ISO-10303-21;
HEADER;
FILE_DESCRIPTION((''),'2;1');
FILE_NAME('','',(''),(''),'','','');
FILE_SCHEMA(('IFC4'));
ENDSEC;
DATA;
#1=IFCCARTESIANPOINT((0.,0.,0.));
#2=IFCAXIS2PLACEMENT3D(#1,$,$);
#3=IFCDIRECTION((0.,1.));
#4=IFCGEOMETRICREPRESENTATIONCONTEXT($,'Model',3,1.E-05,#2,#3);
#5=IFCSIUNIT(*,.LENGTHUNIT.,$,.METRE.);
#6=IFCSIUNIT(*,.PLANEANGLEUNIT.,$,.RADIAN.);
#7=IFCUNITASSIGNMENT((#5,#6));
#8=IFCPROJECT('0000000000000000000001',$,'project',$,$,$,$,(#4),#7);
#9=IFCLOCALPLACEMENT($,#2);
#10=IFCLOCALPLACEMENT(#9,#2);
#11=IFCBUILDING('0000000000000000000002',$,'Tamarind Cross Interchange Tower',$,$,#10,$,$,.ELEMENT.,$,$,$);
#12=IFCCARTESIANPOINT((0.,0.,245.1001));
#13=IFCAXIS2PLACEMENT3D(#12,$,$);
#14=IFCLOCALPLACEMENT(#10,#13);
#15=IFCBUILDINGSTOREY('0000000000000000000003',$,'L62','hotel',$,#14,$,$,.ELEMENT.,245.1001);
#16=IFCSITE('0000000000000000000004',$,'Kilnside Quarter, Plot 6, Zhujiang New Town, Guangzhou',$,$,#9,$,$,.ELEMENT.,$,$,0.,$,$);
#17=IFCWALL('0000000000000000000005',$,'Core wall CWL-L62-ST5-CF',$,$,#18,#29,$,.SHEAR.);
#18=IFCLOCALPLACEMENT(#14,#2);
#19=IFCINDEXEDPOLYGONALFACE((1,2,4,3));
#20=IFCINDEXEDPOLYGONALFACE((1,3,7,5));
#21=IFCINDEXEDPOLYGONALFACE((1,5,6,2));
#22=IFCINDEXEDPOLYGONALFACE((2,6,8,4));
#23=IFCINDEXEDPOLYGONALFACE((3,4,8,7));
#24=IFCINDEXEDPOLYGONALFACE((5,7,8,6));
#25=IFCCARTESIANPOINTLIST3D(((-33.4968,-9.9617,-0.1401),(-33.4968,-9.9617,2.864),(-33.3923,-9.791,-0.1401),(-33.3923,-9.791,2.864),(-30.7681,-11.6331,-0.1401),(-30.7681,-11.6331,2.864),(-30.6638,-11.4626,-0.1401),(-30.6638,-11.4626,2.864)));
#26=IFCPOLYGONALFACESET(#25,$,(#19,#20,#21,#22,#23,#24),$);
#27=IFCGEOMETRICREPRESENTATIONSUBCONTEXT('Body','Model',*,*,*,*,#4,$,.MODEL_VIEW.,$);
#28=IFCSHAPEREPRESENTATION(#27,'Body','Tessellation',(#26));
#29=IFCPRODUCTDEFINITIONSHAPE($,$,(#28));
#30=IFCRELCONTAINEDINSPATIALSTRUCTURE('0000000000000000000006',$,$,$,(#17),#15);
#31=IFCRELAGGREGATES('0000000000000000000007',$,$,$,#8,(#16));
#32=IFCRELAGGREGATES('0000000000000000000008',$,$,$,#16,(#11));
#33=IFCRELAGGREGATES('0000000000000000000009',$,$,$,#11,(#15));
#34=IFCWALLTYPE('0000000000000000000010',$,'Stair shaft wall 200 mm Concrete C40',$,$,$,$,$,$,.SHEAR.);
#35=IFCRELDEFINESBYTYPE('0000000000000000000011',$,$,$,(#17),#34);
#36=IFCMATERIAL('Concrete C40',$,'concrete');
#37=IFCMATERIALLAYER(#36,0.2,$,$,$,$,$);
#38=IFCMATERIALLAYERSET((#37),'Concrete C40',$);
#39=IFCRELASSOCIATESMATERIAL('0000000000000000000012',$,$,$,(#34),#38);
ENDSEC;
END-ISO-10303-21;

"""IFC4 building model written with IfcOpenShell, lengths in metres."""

from ifc_helpers import new_model, si_unit, direction, frame, origin, place, context, subcontext, project, spatial, polyline, outline, extrude, material, layer, layer_set, type_object, element, save


model = new_model("IFC4")

# Units and contexts
model_context = context("Model", 3, precision=1e-05, world=origin(), true_north=direction((0.0, 1.0)))
body_context = subcontext(model_context, "Body", "Model", "MODEL_VIEW")
ifc_project = project(units=[si_unit("LENGTHUNIT", "METRE"), si_unit("PLANEANGLEUNIT", "RADIAN")], contexts=[model_context])

# Site, building, storey
site_placement = place(None, origin())
site = spatial("IfcSite", under=ifc_project, at=site_placement, Name="Kilnside Quarter, Plot 6, Zhujiang New Town, Guangzhou", CompositionType="ELEMENT", RefElevation=0.0)
building_placement = place(site_placement, origin())
building = spatial("IfcBuilding", under=site, at=building_placement, Name="Tamarind Cross Interchange Tower", CompositionType="ELEMENT")
storey_placement = place(building_placement, frame((0.0, 0.0, 245.1001)))
storey = spatial("IfcBuildingStorey", under=building, at=storey_placement, Name="L62", Description="hotel", CompositionType="ELEMENT", Elevation=245.1001)

# Shared definitions
ifc_material_1 = material(Name="Concrete C40", Category="concrete")

# Wall
ifc_layer_1 = layer(ifc_material_1, 0.2)
ifc_layer_set_1 = layer_set([ifc_layer_1], Name="Concrete C40")
wall_type_1 = type_object("IfcWallType", Name="Stair shaft wall 200 mm Concrete C40", PredefinedType="SHEAR", material=ifc_layer_set_1)
wall_1_placement = place(storey_placement, frame((0.0, 0.0, -0.1401)))
element("IfcWall", 1, at=wall_1_placement, inside=storey, type_object=wall_type_1, Name="Core wall CWL-L62-ST5-CF", PredefinedType="SHEAR", context=body_context, shape_type="SweptSolid", body=[
    extrude(outline(polyline([(-33.3923, -9.791), (-33.4968, -9.9617), (-30.7681, -11.6331), (-30.6638, -11.4626), (-33.3923, -9.791)])), origin(), (0.0, 0.0, 1.0), 3.0042),
])

save(model, "model.ifc")
